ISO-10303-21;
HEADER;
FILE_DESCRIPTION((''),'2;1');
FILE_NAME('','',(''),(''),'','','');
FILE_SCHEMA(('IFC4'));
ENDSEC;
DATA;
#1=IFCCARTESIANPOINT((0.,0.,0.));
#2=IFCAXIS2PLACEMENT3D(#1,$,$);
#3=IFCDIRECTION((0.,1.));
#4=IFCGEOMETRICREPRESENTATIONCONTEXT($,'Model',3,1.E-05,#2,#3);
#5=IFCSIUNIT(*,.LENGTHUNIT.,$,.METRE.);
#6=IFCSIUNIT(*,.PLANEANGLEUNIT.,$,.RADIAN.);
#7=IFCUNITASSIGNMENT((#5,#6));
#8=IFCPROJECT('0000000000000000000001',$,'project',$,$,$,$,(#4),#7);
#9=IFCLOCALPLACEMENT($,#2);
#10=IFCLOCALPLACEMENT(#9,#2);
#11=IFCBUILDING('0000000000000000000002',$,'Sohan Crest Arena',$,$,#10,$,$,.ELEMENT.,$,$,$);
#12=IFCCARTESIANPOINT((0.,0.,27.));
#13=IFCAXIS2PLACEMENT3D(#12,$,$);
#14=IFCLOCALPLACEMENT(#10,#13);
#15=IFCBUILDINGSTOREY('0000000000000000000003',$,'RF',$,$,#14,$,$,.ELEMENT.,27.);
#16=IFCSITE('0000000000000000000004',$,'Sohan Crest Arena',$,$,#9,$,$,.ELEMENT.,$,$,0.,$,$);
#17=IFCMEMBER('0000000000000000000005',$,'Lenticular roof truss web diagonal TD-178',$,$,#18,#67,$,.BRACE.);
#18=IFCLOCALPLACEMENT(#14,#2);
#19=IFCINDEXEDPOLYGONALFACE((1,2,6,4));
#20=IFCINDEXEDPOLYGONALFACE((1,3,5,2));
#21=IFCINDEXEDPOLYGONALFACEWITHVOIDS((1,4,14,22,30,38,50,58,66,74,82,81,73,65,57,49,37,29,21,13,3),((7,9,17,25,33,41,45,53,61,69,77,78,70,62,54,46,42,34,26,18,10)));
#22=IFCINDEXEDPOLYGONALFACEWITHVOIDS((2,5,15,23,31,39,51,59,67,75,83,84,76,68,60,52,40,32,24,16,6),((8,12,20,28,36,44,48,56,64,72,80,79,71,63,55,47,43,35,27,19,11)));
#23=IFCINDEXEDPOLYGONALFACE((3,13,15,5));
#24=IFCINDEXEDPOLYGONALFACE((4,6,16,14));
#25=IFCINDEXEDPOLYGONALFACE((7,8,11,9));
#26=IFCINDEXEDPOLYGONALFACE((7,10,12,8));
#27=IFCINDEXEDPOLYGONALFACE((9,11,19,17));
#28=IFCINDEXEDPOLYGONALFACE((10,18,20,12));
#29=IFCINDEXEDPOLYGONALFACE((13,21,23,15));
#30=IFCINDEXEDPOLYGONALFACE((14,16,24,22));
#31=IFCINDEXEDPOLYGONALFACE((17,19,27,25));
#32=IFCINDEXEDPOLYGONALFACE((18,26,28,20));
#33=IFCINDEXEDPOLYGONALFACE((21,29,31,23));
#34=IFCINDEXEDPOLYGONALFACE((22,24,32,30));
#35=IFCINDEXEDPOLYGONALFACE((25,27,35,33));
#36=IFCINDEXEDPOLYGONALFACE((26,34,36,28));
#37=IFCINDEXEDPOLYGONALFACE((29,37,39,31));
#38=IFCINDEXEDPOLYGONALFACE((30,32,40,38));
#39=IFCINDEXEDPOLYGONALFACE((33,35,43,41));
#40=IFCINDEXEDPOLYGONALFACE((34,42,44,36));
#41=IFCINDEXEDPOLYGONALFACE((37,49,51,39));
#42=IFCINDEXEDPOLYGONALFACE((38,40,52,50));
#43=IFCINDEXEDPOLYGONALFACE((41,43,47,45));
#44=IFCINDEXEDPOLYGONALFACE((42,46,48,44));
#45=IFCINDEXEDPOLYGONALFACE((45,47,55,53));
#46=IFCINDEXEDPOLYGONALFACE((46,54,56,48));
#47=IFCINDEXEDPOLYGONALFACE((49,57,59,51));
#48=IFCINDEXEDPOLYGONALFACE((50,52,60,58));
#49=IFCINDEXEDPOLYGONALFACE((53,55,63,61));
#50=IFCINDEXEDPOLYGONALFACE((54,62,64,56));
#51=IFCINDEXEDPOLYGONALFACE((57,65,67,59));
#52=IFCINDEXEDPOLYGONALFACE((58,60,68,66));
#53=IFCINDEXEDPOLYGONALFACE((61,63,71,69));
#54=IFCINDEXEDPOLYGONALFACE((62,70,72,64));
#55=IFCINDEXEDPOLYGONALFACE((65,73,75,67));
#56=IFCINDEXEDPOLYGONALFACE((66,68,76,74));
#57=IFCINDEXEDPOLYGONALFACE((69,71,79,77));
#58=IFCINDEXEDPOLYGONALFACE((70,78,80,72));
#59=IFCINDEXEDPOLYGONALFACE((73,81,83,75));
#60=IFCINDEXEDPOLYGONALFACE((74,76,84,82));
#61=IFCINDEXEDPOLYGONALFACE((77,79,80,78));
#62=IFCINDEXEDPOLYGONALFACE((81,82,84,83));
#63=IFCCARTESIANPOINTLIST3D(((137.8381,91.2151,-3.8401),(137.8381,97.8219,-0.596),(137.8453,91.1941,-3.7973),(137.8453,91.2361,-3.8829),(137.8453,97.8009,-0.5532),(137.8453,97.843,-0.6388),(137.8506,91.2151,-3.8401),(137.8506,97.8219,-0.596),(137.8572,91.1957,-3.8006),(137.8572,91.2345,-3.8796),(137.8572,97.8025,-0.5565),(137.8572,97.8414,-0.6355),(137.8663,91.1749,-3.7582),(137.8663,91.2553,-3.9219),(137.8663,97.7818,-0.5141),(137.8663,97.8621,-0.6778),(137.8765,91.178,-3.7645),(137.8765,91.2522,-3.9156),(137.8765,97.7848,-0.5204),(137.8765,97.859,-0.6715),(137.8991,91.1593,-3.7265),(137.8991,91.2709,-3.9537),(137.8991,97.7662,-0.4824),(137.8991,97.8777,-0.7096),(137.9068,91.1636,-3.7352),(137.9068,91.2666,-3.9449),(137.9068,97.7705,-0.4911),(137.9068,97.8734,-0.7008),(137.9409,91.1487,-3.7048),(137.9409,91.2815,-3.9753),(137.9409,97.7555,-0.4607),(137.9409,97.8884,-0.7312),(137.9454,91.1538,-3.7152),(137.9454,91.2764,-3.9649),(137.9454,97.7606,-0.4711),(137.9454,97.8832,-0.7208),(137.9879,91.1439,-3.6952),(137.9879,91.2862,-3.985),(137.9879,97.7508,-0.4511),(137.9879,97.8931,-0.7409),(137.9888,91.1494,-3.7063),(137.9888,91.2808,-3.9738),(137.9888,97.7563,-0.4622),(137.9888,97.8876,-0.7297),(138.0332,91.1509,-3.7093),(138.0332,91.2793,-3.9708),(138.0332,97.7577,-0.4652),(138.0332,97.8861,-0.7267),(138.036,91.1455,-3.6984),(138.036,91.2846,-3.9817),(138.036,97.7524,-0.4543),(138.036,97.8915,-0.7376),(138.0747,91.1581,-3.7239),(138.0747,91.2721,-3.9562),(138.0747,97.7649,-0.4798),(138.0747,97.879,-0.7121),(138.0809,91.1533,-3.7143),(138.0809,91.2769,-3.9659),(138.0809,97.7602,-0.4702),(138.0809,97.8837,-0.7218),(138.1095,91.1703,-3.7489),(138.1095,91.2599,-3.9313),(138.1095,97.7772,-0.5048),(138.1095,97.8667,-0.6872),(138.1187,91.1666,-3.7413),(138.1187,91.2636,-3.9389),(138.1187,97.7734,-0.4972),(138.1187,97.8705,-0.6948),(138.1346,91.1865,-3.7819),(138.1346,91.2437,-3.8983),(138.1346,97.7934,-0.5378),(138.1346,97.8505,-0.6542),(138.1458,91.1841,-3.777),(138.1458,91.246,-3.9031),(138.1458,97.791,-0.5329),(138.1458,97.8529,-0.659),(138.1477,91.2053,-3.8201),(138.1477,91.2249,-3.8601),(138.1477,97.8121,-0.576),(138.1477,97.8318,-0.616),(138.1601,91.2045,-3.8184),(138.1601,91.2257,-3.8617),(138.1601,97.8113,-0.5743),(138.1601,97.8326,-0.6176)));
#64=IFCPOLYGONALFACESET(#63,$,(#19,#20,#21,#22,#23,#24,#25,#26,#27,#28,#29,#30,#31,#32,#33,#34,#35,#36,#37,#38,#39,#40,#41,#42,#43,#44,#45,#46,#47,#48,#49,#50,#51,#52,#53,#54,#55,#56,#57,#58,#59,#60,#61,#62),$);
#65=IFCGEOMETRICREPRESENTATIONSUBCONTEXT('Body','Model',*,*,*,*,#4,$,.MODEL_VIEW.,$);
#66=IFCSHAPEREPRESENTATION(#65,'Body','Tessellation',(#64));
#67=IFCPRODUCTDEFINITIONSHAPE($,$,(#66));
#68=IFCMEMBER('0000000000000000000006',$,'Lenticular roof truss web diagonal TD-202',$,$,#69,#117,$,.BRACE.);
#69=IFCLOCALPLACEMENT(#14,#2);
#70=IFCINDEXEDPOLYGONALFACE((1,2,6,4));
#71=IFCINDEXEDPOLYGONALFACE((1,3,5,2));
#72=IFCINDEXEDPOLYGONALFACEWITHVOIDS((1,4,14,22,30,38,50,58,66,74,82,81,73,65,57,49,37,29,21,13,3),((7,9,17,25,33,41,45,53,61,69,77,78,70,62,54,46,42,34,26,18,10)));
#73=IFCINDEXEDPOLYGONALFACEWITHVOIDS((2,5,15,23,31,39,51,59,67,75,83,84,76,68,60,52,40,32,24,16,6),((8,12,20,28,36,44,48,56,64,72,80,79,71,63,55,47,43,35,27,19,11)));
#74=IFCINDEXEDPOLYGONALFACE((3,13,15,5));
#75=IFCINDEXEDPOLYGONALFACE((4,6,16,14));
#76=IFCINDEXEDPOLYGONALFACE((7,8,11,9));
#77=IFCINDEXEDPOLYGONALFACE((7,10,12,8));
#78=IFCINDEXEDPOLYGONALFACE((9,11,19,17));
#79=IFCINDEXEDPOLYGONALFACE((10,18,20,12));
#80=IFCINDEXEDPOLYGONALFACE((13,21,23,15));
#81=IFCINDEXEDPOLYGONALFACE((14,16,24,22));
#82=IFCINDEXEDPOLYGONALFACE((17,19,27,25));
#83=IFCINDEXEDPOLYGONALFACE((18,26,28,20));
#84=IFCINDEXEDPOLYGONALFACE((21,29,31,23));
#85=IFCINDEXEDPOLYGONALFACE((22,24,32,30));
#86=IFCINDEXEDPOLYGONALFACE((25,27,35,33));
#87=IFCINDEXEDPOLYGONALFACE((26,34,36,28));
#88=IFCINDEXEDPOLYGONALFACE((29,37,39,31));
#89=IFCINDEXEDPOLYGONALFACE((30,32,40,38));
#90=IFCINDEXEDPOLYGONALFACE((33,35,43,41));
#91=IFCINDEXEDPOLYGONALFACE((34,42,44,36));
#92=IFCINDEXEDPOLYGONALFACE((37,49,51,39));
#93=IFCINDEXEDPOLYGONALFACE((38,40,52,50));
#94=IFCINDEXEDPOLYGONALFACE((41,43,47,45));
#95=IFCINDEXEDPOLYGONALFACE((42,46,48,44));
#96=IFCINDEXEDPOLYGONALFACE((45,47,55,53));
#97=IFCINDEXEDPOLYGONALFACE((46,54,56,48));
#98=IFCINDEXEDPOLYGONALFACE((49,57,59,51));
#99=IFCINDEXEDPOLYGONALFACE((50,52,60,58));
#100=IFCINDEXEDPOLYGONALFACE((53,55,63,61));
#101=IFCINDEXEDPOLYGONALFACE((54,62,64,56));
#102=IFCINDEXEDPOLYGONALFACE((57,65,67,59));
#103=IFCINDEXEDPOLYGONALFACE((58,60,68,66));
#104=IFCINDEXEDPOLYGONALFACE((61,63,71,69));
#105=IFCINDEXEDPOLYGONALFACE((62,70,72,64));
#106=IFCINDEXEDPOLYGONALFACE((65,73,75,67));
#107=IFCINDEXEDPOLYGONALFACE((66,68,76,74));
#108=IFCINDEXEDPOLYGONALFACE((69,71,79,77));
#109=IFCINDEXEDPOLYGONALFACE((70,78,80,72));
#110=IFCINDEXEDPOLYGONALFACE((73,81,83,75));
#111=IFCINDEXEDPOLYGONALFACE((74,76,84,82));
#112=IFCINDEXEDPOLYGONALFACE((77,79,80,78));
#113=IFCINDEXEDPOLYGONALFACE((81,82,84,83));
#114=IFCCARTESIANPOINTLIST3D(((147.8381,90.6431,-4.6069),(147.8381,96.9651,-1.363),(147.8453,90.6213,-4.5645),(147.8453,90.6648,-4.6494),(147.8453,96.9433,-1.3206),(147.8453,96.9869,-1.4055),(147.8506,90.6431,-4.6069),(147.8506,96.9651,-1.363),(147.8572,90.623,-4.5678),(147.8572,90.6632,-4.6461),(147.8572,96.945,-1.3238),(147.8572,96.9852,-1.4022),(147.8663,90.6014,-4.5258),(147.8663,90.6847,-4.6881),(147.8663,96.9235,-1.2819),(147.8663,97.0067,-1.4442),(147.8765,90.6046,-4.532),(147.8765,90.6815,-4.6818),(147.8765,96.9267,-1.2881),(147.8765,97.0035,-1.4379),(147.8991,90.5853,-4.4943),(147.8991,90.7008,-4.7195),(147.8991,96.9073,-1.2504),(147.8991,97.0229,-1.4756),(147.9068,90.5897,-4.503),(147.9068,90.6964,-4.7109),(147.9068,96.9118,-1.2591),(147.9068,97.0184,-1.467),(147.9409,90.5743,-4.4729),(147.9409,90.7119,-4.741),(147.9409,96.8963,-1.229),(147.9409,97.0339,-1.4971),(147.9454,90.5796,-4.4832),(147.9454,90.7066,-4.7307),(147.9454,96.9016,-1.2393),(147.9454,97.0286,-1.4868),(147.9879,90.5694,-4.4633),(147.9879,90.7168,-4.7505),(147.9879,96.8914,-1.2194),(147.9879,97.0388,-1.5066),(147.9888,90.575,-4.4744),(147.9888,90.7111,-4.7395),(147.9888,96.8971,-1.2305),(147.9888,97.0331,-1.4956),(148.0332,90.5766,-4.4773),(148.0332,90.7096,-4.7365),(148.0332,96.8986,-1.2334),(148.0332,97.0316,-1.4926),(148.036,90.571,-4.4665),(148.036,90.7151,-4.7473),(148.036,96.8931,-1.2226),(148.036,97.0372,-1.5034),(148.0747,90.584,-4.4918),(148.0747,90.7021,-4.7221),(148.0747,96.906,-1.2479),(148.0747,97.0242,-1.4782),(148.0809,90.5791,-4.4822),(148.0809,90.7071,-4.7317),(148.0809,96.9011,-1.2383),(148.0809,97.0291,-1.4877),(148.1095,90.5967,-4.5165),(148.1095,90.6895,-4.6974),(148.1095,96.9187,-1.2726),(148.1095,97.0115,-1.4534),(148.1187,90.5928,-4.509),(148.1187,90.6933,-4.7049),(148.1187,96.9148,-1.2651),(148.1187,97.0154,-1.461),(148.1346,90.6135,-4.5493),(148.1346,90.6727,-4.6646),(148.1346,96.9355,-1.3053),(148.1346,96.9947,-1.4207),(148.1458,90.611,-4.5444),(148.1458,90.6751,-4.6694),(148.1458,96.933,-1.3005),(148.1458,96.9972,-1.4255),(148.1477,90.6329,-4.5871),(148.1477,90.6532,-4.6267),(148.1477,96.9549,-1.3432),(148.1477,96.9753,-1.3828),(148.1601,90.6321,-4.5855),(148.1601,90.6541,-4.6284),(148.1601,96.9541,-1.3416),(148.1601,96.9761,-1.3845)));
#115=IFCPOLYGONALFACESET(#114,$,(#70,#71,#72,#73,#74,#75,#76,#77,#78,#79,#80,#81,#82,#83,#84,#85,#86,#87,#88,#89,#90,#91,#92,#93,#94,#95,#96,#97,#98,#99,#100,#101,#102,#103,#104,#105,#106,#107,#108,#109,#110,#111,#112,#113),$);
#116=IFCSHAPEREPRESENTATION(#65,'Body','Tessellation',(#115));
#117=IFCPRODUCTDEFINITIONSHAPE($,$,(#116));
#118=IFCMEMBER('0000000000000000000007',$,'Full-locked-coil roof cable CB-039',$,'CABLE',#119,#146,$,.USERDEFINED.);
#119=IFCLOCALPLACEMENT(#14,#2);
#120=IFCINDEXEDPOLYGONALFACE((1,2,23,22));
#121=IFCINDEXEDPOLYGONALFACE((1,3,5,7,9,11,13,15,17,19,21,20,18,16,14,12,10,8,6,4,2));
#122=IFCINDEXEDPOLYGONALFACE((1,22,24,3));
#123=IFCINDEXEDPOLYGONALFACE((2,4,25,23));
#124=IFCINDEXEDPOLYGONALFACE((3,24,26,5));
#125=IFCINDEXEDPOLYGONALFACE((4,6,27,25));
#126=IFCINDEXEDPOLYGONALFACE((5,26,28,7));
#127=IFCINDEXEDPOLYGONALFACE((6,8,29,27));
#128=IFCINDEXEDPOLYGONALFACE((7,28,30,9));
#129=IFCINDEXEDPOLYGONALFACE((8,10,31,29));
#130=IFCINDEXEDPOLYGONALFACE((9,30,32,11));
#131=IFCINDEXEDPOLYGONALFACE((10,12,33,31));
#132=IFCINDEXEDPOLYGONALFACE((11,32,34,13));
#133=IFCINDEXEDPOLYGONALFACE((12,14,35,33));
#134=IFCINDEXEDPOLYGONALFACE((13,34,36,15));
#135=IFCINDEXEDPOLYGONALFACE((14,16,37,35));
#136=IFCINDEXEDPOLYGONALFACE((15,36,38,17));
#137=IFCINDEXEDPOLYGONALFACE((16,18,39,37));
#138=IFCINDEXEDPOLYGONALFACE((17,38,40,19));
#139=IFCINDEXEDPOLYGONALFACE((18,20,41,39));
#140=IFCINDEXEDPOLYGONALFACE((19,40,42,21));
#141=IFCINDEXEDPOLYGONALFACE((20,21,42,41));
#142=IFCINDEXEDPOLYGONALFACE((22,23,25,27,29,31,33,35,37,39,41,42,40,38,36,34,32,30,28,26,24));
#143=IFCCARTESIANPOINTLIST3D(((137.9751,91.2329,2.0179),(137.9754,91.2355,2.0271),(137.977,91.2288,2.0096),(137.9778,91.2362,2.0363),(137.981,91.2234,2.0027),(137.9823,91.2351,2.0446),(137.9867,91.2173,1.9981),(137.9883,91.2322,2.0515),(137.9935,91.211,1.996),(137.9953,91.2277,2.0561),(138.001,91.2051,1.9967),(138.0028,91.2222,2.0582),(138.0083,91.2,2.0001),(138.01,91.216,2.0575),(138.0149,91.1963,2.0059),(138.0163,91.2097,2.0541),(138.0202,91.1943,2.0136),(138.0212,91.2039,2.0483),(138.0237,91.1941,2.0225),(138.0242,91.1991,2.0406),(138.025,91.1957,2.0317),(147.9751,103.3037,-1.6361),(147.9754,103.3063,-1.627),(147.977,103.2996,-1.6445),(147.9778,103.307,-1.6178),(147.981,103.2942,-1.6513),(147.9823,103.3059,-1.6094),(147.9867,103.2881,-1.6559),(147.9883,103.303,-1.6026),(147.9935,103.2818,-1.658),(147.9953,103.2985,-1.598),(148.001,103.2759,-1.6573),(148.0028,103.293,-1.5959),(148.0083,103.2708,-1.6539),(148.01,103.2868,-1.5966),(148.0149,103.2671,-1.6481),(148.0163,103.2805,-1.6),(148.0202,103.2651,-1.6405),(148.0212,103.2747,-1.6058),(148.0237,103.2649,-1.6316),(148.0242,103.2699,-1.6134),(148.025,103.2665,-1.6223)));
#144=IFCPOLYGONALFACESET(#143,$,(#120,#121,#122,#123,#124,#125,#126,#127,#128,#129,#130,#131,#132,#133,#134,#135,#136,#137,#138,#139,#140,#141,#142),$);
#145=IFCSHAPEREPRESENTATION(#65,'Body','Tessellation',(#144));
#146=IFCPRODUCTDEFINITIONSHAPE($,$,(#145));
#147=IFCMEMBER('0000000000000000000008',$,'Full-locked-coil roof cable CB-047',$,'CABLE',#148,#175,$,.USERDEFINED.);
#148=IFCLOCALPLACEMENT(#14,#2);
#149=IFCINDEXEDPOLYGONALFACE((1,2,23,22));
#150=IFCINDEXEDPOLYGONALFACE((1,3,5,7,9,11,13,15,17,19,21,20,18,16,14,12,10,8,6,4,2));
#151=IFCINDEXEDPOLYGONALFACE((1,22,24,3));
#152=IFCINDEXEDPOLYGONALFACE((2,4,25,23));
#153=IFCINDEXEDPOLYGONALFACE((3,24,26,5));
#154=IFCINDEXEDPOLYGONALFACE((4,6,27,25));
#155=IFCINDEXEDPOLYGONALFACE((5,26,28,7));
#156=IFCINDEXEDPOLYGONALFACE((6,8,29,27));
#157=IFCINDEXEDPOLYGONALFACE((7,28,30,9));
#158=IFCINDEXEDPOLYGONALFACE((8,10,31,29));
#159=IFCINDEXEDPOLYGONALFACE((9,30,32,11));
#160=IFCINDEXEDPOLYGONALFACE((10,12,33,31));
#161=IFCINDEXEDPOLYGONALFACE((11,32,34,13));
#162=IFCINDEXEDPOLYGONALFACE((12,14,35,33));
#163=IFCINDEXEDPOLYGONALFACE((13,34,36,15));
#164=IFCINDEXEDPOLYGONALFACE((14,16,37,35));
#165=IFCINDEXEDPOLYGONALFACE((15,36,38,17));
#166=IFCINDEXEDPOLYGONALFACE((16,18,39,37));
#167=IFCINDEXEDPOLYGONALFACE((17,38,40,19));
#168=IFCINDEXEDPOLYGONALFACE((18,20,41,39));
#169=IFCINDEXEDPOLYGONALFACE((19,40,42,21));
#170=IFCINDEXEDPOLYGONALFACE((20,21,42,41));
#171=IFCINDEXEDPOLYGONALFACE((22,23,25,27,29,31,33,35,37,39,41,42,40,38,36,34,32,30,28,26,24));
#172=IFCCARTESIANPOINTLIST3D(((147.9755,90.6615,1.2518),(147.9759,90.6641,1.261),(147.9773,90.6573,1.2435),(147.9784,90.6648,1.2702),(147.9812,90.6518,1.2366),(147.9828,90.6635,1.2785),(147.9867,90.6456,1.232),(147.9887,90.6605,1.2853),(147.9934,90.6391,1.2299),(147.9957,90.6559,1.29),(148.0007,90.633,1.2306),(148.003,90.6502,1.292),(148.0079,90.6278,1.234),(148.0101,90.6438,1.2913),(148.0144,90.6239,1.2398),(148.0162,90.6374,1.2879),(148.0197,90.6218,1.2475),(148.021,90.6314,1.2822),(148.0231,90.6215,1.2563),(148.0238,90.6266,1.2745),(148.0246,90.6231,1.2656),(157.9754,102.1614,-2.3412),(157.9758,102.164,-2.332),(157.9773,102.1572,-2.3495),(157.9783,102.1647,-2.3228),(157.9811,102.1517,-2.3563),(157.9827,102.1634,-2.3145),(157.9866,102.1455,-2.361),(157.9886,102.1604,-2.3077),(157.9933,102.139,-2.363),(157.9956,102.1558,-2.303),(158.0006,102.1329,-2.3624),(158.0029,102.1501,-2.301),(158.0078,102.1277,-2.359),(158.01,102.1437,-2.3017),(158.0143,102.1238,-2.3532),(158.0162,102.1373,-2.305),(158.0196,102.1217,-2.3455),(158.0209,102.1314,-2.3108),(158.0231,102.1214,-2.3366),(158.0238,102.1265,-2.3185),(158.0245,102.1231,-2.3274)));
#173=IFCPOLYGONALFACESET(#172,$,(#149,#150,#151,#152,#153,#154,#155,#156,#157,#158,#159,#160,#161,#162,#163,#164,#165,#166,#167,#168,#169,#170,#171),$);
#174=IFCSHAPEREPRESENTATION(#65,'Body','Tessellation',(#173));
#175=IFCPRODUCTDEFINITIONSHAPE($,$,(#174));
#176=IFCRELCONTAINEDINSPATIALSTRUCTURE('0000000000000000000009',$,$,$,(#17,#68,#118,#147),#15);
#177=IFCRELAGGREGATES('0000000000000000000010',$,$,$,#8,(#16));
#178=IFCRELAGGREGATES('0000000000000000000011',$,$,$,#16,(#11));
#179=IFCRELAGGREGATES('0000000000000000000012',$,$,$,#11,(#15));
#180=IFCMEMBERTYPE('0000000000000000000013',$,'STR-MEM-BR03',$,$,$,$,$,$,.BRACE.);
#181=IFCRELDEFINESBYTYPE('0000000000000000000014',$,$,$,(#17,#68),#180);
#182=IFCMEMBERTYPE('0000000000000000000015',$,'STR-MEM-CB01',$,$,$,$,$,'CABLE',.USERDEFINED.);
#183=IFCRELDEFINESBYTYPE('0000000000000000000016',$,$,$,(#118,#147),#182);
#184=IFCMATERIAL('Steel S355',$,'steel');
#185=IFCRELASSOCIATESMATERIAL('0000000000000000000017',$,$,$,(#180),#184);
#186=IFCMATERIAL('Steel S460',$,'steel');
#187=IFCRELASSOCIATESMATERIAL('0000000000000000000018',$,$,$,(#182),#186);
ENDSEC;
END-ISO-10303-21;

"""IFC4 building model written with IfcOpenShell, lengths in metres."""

from ifc_helpers import new_model, si_unit, direction, frame, origin, origin_2d, place, context, subcontext, project, spatial, circle, hollow_circle, extrude, material, material_profile, profile_set, type_object, element, save


model = new_model("IFC4")

# Units and contexts
model_context = context("Model", 3, precision=1e-05, world=origin(), true_north=direction((0.0, 1.0)))
body_context = subcontext(model_context, "Body", "Model", "MODEL_VIEW")
ifc_project = project(units=[si_unit("LENGTHUNIT", "METRE"), si_unit("PLANEANGLEUNIT", "RADIAN")], contexts=[model_context])

# Site, building, storey
site_placement = place(None, origin())
site = spatial("IfcSite", under=ifc_project, at=site_placement, Name="Sohan Crest Arena", CompositionType="ELEMENT", RefElevation=0.0)
building_placement = place(site_placement, origin())
building = spatial("IfcBuilding", under=site, at=building_placement, Name="Sohan Crest Arena", CompositionType="ELEMENT")
storey_placement = place(building_placement, frame((0.0, 0.0, 27.0)))
storey = spatial("IfcBuildingStorey", under=building, at=storey_placement, Name="RF", CompositionType="ELEMENT", Elevation=27.0)

# Shared definitions
ifc_material_1 = material(Name="Steel S355", Category="steel")

# Members
ifc_material_profile_1 = material_profile(ifc_material_1, hollow_circle(Radius=0.1619, WallThickness=0.0125, at=origin_2d()), Name="CHS 323.9x12.5")
ifc_profile_set_1 = profile_set([ifc_material_profile_1], Name="Steel S355")
member_type_1 = type_object("IfcMemberType", Name="STR-MEM-BR03", PredefinedType="BRACE", material=ifc_profile_set_1)
member_1_placement = place(storey_placement, frame((138.0, 91.2151, -3.8401), z_axis=(0.0, 0.897628, 0.440754), x_axis=(-1.0, 0.0, 0.0)))
element("IfcMember", 1, at=member_1_placement, inside=storey, type_object=member_type_1, Name="Lenticular roof truss web diagonal TD-178", PredefinedType="BRACE", context=body_context, shape_type="SweptSolid", body=[
    extrude(hollow_circle(Radius=0.1619, WallThickness=0.0125, at=origin_2d()), origin(), (0.0, 0.0, 1.0), 7.3604),
])
member_2_placement = place(storey_placement, frame((148.0, 90.6431, -4.6069), z_axis=(0.0, 0.889713, 0.456521), x_axis=(-1.0, 0.0, 0.0)))
element("IfcMember", 2, at=member_2_placement, inside=storey, type_object=member_type_1, Name="Lenticular roof truss web diagonal TD-202", PredefinedType="BRACE", context=body_context, shape_type="SweptSolid", body=[
    extrude(hollow_circle(Radius=0.1619, WallThickness=0.0125, at=origin_2d()), origin(), (0.0, 0.0, 1.0), 7.1057),
])
ifc_material_2 = material(Name="Steel S460", Category="steel")
ifc_material_profile_2 = material_profile(ifc_material_2, circle(Radius=0.032, at=origin_2d()), Name="FLC D64")
ifc_profile_set_2 = profile_set([ifc_material_profile_2], Name="Steel S460")
member_type_2 = type_object("IfcMemberType", Name="STR-MEM-CB01", ElementType="CABLE", PredefinedType="USERDEFINED", material=ifc_profile_set_2)
member_3_placement = place(storey_placement, frame((138.0, 91.2151, 2.0271), z_axis=(0.621302, 0.749962, -0.227027), x_axis=(-0.770069, 0.63796, 0.0)))
element("IfcMember", 3, at=member_3_placement, inside=storey, type_object=member_type_2, Name="Full-locked-coil roof cable CB-039", ObjectType="CABLE", PredefinedType="USERDEFINED", context=body_context, shape_type="SweptSolid", body=[
    extrude(circle(Radius=0.032, at=origin_2d()), origin(), (0.0, 0.0, 1.0), 16.0952),
])
member_4_placement = place(storey_placement, frame((148.0, 90.6431, 1.261), z_axis=(0.638668, 0.734469, -0.229475), x_axis=(-0.754606, 0.656179, 0.0)))
element("IfcMember", 4, at=member_4_placement, inside=storey, type_object=member_type_2, Name="Full-locked-coil roof cable CB-047", ObjectType="CABLE", PredefinedType="USERDEFINED", context=body_context, shape_type="SweptSolid", body=[
    extrude(circle(Radius=0.032, at=origin_2d()), origin(), (0.0, 0.0, 1.0), 15.6575),
])

save(model, "model.ifc")
